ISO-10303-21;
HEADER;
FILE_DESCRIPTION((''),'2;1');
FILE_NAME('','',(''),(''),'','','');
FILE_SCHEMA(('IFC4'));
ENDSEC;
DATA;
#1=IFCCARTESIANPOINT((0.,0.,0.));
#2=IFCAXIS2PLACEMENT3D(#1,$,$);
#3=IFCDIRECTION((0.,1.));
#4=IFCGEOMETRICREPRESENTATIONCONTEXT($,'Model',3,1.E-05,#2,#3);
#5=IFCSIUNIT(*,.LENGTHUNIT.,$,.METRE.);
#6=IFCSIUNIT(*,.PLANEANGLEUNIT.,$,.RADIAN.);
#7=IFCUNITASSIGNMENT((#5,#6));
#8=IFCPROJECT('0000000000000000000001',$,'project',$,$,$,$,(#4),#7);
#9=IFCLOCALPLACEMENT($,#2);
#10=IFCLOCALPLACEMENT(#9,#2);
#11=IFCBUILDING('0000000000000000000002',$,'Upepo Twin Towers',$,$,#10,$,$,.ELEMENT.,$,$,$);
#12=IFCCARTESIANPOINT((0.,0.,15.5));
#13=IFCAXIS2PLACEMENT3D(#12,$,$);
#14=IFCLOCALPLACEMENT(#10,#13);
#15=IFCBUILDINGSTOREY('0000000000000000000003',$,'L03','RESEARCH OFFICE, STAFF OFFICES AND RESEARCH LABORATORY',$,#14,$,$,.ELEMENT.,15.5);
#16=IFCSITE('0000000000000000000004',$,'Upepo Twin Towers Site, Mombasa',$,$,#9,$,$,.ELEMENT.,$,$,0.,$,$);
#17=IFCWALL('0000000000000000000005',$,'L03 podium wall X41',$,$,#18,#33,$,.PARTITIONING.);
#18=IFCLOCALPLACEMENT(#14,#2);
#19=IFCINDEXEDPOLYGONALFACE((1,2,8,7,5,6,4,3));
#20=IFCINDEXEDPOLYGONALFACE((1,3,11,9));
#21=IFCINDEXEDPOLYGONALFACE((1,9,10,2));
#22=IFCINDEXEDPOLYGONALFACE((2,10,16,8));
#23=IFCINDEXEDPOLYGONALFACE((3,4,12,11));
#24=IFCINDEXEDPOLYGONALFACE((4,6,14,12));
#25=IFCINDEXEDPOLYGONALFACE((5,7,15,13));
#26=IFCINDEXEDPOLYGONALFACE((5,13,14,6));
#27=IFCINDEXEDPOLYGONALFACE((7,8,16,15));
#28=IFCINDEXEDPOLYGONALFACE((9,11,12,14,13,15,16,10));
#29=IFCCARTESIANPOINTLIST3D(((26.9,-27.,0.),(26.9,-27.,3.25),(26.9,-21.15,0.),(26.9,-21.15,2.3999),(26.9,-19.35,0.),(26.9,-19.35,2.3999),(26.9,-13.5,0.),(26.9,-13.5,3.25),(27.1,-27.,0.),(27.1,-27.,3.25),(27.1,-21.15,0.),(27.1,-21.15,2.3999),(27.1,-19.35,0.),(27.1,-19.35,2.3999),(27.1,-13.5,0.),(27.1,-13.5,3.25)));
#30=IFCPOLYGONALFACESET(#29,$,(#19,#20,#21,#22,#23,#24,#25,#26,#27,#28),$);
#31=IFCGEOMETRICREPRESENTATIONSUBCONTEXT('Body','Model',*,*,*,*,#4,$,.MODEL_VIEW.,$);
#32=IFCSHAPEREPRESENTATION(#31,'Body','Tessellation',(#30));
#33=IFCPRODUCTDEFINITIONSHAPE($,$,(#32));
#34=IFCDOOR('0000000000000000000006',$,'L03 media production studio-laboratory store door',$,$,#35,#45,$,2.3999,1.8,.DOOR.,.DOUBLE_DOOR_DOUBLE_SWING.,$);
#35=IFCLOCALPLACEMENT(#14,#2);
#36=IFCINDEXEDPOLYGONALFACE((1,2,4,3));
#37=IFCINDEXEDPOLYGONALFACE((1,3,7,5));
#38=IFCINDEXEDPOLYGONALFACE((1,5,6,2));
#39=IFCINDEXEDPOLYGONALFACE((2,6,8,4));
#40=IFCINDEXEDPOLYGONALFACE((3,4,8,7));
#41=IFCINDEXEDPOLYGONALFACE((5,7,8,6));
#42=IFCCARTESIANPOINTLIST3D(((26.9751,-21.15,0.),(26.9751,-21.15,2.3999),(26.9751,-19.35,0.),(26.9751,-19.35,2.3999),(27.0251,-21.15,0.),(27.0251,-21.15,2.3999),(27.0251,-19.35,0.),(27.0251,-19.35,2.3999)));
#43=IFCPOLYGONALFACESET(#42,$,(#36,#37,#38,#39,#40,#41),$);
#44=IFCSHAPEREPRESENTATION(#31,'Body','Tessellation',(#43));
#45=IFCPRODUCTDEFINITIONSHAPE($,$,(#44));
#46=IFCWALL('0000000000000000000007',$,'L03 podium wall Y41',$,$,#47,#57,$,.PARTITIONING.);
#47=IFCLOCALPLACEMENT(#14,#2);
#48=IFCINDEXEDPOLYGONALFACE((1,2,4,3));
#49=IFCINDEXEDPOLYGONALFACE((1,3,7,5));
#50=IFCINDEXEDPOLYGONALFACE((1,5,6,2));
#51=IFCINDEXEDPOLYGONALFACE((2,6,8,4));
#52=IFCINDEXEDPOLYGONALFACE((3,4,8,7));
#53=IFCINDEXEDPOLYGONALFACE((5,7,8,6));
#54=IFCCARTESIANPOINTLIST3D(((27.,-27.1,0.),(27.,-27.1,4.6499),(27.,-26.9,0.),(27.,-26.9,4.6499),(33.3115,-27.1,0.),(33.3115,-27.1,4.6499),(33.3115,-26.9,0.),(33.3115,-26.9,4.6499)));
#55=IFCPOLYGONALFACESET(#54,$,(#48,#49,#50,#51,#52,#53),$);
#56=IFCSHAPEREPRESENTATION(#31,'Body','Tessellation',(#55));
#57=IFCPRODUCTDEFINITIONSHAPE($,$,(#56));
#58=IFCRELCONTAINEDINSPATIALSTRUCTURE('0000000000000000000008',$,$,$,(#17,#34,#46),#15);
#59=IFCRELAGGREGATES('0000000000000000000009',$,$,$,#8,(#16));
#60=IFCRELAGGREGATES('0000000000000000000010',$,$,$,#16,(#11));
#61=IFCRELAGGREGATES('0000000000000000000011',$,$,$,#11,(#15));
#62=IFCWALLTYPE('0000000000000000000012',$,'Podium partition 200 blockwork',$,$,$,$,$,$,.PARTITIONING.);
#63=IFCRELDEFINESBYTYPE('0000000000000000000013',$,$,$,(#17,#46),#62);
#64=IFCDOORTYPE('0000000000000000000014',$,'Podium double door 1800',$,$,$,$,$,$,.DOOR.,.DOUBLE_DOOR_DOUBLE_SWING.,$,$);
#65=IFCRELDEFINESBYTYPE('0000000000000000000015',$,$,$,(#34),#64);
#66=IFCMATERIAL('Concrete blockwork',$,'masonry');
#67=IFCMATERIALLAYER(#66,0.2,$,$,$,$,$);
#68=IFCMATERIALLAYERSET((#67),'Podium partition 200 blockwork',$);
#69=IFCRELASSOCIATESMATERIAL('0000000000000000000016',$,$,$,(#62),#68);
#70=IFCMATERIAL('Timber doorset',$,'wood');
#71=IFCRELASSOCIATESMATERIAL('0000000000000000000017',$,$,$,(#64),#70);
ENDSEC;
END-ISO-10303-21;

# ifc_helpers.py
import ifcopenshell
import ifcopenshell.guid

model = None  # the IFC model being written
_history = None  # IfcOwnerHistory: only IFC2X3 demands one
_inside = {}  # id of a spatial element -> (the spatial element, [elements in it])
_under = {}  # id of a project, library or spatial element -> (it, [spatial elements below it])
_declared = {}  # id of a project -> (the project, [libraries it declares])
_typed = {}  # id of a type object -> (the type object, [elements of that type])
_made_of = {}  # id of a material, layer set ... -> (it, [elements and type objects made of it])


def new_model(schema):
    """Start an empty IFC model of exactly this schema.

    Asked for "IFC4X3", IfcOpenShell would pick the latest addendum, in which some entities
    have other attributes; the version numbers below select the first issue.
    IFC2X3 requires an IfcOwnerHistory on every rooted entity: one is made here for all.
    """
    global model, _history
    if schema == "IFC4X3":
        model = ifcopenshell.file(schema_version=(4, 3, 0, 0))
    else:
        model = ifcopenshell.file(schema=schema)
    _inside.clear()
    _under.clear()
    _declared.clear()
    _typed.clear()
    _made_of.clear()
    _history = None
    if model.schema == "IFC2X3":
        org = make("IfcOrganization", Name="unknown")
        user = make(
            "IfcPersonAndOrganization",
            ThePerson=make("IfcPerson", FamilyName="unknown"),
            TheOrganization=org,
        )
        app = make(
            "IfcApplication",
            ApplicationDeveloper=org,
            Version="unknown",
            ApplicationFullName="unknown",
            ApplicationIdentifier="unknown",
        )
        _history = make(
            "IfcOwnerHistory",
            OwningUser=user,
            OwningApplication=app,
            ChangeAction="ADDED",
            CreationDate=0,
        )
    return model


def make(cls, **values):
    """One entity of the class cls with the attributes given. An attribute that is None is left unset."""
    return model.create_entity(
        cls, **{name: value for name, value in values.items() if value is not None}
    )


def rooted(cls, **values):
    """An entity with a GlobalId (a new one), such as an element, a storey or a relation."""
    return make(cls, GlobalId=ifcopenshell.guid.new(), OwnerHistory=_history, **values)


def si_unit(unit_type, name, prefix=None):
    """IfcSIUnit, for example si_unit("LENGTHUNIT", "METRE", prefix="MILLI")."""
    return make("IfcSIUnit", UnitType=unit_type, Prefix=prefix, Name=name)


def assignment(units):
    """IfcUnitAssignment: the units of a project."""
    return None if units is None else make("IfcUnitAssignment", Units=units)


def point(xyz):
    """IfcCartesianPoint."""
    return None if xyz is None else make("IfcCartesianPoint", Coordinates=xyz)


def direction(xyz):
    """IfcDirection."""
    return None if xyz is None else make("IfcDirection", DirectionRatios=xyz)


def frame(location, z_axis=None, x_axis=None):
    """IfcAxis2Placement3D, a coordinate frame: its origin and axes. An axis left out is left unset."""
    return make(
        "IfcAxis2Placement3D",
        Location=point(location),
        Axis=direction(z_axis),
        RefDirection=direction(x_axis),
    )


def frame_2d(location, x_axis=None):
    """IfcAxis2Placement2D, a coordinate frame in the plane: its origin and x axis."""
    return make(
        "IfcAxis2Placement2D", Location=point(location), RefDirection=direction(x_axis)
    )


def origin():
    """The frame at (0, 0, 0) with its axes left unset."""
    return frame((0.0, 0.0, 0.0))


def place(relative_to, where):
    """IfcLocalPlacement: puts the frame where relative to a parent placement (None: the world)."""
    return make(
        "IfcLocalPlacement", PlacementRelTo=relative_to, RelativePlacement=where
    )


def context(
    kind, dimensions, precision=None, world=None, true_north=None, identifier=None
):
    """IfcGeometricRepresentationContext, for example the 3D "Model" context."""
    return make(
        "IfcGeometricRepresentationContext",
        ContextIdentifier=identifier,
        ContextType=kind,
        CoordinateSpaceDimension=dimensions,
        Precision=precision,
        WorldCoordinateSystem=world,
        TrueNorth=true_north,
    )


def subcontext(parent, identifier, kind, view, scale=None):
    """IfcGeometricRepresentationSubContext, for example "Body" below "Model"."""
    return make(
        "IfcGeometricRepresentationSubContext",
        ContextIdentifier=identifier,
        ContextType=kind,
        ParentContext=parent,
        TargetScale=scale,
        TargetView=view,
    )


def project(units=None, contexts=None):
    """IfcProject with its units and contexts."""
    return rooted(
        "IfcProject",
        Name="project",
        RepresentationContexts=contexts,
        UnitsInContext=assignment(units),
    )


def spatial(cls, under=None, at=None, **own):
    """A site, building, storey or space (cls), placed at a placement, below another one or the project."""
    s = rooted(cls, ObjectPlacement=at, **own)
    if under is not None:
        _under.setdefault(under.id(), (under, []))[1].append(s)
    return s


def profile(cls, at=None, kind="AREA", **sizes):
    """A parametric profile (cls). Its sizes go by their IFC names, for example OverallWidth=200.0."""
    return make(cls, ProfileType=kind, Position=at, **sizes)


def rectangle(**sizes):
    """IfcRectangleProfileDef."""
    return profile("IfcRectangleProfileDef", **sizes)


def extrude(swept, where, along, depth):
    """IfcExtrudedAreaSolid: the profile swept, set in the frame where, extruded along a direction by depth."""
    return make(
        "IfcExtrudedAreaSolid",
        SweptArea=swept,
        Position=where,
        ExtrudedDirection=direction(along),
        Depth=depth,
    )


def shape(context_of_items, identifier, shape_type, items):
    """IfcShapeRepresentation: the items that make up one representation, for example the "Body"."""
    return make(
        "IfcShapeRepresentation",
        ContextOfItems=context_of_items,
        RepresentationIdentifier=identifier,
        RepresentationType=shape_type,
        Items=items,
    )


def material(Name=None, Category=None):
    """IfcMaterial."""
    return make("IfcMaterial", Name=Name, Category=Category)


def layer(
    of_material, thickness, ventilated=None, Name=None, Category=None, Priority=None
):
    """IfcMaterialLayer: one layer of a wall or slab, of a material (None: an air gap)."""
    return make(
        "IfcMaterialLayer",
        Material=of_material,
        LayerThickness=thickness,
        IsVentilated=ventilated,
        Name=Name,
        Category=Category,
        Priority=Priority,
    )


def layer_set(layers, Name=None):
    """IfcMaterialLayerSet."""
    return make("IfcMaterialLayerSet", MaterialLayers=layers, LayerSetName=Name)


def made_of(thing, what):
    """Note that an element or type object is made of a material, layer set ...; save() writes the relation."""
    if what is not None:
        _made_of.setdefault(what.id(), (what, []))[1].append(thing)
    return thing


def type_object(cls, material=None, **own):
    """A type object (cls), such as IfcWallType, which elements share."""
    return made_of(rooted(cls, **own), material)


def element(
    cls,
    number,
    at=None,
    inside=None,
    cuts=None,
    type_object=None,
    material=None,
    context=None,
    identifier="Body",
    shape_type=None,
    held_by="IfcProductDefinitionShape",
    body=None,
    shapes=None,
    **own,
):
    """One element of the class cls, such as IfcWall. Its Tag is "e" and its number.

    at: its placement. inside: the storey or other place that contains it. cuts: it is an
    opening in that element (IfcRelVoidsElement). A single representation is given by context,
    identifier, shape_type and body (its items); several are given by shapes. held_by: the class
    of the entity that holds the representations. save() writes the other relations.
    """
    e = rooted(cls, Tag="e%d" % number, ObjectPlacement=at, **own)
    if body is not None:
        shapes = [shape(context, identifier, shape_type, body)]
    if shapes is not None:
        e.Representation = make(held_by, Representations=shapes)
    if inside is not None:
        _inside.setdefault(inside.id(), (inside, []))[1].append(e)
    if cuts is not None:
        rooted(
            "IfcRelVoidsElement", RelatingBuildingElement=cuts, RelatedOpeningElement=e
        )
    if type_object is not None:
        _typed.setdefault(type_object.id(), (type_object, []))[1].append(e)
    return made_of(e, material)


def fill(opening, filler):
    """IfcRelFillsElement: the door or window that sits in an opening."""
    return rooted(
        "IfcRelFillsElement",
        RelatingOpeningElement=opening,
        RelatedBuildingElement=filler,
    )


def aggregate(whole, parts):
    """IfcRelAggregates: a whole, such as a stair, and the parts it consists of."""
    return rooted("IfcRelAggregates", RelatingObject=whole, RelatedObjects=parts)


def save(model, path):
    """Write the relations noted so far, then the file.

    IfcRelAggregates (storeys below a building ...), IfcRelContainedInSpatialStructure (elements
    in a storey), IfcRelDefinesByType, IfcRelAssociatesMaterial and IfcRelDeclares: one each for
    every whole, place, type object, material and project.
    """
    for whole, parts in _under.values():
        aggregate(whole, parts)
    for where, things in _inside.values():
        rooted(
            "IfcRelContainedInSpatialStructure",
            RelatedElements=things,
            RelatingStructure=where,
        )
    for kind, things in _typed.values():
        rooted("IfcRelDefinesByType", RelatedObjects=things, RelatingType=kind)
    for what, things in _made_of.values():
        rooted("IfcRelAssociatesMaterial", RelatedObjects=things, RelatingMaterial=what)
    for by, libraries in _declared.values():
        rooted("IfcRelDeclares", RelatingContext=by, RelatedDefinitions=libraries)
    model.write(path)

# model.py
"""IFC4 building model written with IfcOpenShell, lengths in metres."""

from ifc_helpers import new_model, si_unit, direction, frame, frame_2d, origin, place, context, subcontext, project, spatial, rectangle, extrude, material, layer, layer_set, type_object, element, fill, save


model = new_model("IFC4")

# Units and contexts
model_context = context("Model", 3, precision=1e-05, world=origin(), true_north=direction((0.0, 1.0)))
body_context = subcontext(model_context, "Body", "Model", "MODEL_VIEW")
ifc_project = project(units=[si_unit("LENGTHUNIT", "METRE"), si_unit("PLANEANGLEUNIT", "RADIAN")], contexts=[model_context])

# Site, building, storey
site_placement = place(None, origin())
site = spatial("IfcSite", under=ifc_project, at=site_placement, Name="Upepo Twin Towers Site, Mombasa", CompositionType="ELEMENT", RefElevation=0.0)
building_placement = place(site_placement, origin())
building = spatial("IfcBuilding", under=site, at=building_placement, Name="Upepo Twin Towers", CompositionType="ELEMENT")
storey_placement = place(building_placement, frame((0.0, 0.0, 15.5)))
storey = spatial("IfcBuildingStorey", under=building, at=storey_placement, Name="L03", Description="RESEARCH OFFICE, STAFF OFFICES AND RESEARCH LABORATORY", CompositionType="ELEMENT", Elevation=15.5)

# Shared definitions
ifc_material_1 = material(Name="Concrete blockwork", Category="masonry")
ifc_layer_1 = layer(ifc_material_1, 0.2)
ifc_layer_set_1 = layer_set([ifc_layer_1], Name="Podium partition 200 blockwork")
wall_type = type_object("IfcWallType", Name="Podium partition 200 blockwork", PredefinedType="PARTITIONING", material=ifc_layer_set_1)
ifc_material_2 = material(Name="Timber doorset", Category="wood")
door_type = type_object("IfcDoorType", Name="Podium double door 1800", OperationType="DOUBLE_DOOR_DOUBLE_SWING", PredefinedType="DOOR", material=ifc_material_2)

# Wall, opening, door
wall_1_placement = place(storey_placement, frame((27.0, -27.0, 0.0), z_axis=(0.0, 0.0, 1.0), x_axis=(0.0, 1.0, 0.0)))
wall_1 = element("IfcWall", 1, at=wall_1_placement, inside=storey, type_object=wall_type, Name="L03 podium wall X41", PredefinedType="PARTITIONING", context=body_context, shape_type="SweptSolid", body=[
    extrude(rectangle(XDim=13.5, YDim=0.2, at=frame_2d((6.75, 0.0))), origin(), (0.0, 0.0, 1.0), 3.25),
])
opening_1_placement = place(wall_1_placement, frame((5.8501, 0.0, 0.0)))
opening_1 = element("IfcOpeningElement", 2, at=opening_1_placement, cuts=wall_1, PredefinedType="OPENING", context=body_context, shape_type="SweptSolid", body=[
    extrude(rectangle(XDim=1.8, YDim=2.3999, at=frame_2d((0.8999, 1.2))), frame((0.0, 0.1099, 0.0), z_axis=(0.0, -1.0, 0.0), x_axis=(1.0, 0.0, 0.0)), (0.0, 0.0, 1.0), 0.22),
])
door_1_placement = place(opening_1_placement, origin())
door_1 = element("IfcDoor", 3, at=door_1_placement, inside=storey, type_object=door_type, Name="L03 media production studio-laboratory store door", OperationType="DOUBLE_DOOR_DOUBLE_SWING", OverallHeight=2.3999, OverallWidth=1.8, PredefinedType="DOOR", context=body_context, shape_type="SweptSolid", body=[
    extrude(rectangle(XDim=1.8, YDim=2.3999, at=frame_2d((0.8999, 1.2))), frame((0.0, 0.0249, 0.0), z_axis=(0.0, -1.0, 0.0), x_axis=(1.0, 0.0, 0.0)), (0.0, 0.0, 1.0), 0.05),
])
fill(opening_1, door_1)

# Wall
wall_2_placement = place(storey_placement, frame((27.0, -27.0, 0.0), z_axis=(0.0, 0.0, 1.0), x_axis=(1.0, 0.0, 0.0)))
element("IfcWall", 4, at=wall_2_placement, inside=storey, type_object=wall_type, Name="L03 podium wall Y41", PredefinedType="PARTITIONING", context=body_context, shape_type="SweptSolid", body=[
    extrude(rectangle(XDim=6.3115, YDim=0.2, at=frame_2d((3.1558, 0.0))), origin(), (0.0, 0.0, 1.0), 4.6499),
])

save(model, "model.ifc")
